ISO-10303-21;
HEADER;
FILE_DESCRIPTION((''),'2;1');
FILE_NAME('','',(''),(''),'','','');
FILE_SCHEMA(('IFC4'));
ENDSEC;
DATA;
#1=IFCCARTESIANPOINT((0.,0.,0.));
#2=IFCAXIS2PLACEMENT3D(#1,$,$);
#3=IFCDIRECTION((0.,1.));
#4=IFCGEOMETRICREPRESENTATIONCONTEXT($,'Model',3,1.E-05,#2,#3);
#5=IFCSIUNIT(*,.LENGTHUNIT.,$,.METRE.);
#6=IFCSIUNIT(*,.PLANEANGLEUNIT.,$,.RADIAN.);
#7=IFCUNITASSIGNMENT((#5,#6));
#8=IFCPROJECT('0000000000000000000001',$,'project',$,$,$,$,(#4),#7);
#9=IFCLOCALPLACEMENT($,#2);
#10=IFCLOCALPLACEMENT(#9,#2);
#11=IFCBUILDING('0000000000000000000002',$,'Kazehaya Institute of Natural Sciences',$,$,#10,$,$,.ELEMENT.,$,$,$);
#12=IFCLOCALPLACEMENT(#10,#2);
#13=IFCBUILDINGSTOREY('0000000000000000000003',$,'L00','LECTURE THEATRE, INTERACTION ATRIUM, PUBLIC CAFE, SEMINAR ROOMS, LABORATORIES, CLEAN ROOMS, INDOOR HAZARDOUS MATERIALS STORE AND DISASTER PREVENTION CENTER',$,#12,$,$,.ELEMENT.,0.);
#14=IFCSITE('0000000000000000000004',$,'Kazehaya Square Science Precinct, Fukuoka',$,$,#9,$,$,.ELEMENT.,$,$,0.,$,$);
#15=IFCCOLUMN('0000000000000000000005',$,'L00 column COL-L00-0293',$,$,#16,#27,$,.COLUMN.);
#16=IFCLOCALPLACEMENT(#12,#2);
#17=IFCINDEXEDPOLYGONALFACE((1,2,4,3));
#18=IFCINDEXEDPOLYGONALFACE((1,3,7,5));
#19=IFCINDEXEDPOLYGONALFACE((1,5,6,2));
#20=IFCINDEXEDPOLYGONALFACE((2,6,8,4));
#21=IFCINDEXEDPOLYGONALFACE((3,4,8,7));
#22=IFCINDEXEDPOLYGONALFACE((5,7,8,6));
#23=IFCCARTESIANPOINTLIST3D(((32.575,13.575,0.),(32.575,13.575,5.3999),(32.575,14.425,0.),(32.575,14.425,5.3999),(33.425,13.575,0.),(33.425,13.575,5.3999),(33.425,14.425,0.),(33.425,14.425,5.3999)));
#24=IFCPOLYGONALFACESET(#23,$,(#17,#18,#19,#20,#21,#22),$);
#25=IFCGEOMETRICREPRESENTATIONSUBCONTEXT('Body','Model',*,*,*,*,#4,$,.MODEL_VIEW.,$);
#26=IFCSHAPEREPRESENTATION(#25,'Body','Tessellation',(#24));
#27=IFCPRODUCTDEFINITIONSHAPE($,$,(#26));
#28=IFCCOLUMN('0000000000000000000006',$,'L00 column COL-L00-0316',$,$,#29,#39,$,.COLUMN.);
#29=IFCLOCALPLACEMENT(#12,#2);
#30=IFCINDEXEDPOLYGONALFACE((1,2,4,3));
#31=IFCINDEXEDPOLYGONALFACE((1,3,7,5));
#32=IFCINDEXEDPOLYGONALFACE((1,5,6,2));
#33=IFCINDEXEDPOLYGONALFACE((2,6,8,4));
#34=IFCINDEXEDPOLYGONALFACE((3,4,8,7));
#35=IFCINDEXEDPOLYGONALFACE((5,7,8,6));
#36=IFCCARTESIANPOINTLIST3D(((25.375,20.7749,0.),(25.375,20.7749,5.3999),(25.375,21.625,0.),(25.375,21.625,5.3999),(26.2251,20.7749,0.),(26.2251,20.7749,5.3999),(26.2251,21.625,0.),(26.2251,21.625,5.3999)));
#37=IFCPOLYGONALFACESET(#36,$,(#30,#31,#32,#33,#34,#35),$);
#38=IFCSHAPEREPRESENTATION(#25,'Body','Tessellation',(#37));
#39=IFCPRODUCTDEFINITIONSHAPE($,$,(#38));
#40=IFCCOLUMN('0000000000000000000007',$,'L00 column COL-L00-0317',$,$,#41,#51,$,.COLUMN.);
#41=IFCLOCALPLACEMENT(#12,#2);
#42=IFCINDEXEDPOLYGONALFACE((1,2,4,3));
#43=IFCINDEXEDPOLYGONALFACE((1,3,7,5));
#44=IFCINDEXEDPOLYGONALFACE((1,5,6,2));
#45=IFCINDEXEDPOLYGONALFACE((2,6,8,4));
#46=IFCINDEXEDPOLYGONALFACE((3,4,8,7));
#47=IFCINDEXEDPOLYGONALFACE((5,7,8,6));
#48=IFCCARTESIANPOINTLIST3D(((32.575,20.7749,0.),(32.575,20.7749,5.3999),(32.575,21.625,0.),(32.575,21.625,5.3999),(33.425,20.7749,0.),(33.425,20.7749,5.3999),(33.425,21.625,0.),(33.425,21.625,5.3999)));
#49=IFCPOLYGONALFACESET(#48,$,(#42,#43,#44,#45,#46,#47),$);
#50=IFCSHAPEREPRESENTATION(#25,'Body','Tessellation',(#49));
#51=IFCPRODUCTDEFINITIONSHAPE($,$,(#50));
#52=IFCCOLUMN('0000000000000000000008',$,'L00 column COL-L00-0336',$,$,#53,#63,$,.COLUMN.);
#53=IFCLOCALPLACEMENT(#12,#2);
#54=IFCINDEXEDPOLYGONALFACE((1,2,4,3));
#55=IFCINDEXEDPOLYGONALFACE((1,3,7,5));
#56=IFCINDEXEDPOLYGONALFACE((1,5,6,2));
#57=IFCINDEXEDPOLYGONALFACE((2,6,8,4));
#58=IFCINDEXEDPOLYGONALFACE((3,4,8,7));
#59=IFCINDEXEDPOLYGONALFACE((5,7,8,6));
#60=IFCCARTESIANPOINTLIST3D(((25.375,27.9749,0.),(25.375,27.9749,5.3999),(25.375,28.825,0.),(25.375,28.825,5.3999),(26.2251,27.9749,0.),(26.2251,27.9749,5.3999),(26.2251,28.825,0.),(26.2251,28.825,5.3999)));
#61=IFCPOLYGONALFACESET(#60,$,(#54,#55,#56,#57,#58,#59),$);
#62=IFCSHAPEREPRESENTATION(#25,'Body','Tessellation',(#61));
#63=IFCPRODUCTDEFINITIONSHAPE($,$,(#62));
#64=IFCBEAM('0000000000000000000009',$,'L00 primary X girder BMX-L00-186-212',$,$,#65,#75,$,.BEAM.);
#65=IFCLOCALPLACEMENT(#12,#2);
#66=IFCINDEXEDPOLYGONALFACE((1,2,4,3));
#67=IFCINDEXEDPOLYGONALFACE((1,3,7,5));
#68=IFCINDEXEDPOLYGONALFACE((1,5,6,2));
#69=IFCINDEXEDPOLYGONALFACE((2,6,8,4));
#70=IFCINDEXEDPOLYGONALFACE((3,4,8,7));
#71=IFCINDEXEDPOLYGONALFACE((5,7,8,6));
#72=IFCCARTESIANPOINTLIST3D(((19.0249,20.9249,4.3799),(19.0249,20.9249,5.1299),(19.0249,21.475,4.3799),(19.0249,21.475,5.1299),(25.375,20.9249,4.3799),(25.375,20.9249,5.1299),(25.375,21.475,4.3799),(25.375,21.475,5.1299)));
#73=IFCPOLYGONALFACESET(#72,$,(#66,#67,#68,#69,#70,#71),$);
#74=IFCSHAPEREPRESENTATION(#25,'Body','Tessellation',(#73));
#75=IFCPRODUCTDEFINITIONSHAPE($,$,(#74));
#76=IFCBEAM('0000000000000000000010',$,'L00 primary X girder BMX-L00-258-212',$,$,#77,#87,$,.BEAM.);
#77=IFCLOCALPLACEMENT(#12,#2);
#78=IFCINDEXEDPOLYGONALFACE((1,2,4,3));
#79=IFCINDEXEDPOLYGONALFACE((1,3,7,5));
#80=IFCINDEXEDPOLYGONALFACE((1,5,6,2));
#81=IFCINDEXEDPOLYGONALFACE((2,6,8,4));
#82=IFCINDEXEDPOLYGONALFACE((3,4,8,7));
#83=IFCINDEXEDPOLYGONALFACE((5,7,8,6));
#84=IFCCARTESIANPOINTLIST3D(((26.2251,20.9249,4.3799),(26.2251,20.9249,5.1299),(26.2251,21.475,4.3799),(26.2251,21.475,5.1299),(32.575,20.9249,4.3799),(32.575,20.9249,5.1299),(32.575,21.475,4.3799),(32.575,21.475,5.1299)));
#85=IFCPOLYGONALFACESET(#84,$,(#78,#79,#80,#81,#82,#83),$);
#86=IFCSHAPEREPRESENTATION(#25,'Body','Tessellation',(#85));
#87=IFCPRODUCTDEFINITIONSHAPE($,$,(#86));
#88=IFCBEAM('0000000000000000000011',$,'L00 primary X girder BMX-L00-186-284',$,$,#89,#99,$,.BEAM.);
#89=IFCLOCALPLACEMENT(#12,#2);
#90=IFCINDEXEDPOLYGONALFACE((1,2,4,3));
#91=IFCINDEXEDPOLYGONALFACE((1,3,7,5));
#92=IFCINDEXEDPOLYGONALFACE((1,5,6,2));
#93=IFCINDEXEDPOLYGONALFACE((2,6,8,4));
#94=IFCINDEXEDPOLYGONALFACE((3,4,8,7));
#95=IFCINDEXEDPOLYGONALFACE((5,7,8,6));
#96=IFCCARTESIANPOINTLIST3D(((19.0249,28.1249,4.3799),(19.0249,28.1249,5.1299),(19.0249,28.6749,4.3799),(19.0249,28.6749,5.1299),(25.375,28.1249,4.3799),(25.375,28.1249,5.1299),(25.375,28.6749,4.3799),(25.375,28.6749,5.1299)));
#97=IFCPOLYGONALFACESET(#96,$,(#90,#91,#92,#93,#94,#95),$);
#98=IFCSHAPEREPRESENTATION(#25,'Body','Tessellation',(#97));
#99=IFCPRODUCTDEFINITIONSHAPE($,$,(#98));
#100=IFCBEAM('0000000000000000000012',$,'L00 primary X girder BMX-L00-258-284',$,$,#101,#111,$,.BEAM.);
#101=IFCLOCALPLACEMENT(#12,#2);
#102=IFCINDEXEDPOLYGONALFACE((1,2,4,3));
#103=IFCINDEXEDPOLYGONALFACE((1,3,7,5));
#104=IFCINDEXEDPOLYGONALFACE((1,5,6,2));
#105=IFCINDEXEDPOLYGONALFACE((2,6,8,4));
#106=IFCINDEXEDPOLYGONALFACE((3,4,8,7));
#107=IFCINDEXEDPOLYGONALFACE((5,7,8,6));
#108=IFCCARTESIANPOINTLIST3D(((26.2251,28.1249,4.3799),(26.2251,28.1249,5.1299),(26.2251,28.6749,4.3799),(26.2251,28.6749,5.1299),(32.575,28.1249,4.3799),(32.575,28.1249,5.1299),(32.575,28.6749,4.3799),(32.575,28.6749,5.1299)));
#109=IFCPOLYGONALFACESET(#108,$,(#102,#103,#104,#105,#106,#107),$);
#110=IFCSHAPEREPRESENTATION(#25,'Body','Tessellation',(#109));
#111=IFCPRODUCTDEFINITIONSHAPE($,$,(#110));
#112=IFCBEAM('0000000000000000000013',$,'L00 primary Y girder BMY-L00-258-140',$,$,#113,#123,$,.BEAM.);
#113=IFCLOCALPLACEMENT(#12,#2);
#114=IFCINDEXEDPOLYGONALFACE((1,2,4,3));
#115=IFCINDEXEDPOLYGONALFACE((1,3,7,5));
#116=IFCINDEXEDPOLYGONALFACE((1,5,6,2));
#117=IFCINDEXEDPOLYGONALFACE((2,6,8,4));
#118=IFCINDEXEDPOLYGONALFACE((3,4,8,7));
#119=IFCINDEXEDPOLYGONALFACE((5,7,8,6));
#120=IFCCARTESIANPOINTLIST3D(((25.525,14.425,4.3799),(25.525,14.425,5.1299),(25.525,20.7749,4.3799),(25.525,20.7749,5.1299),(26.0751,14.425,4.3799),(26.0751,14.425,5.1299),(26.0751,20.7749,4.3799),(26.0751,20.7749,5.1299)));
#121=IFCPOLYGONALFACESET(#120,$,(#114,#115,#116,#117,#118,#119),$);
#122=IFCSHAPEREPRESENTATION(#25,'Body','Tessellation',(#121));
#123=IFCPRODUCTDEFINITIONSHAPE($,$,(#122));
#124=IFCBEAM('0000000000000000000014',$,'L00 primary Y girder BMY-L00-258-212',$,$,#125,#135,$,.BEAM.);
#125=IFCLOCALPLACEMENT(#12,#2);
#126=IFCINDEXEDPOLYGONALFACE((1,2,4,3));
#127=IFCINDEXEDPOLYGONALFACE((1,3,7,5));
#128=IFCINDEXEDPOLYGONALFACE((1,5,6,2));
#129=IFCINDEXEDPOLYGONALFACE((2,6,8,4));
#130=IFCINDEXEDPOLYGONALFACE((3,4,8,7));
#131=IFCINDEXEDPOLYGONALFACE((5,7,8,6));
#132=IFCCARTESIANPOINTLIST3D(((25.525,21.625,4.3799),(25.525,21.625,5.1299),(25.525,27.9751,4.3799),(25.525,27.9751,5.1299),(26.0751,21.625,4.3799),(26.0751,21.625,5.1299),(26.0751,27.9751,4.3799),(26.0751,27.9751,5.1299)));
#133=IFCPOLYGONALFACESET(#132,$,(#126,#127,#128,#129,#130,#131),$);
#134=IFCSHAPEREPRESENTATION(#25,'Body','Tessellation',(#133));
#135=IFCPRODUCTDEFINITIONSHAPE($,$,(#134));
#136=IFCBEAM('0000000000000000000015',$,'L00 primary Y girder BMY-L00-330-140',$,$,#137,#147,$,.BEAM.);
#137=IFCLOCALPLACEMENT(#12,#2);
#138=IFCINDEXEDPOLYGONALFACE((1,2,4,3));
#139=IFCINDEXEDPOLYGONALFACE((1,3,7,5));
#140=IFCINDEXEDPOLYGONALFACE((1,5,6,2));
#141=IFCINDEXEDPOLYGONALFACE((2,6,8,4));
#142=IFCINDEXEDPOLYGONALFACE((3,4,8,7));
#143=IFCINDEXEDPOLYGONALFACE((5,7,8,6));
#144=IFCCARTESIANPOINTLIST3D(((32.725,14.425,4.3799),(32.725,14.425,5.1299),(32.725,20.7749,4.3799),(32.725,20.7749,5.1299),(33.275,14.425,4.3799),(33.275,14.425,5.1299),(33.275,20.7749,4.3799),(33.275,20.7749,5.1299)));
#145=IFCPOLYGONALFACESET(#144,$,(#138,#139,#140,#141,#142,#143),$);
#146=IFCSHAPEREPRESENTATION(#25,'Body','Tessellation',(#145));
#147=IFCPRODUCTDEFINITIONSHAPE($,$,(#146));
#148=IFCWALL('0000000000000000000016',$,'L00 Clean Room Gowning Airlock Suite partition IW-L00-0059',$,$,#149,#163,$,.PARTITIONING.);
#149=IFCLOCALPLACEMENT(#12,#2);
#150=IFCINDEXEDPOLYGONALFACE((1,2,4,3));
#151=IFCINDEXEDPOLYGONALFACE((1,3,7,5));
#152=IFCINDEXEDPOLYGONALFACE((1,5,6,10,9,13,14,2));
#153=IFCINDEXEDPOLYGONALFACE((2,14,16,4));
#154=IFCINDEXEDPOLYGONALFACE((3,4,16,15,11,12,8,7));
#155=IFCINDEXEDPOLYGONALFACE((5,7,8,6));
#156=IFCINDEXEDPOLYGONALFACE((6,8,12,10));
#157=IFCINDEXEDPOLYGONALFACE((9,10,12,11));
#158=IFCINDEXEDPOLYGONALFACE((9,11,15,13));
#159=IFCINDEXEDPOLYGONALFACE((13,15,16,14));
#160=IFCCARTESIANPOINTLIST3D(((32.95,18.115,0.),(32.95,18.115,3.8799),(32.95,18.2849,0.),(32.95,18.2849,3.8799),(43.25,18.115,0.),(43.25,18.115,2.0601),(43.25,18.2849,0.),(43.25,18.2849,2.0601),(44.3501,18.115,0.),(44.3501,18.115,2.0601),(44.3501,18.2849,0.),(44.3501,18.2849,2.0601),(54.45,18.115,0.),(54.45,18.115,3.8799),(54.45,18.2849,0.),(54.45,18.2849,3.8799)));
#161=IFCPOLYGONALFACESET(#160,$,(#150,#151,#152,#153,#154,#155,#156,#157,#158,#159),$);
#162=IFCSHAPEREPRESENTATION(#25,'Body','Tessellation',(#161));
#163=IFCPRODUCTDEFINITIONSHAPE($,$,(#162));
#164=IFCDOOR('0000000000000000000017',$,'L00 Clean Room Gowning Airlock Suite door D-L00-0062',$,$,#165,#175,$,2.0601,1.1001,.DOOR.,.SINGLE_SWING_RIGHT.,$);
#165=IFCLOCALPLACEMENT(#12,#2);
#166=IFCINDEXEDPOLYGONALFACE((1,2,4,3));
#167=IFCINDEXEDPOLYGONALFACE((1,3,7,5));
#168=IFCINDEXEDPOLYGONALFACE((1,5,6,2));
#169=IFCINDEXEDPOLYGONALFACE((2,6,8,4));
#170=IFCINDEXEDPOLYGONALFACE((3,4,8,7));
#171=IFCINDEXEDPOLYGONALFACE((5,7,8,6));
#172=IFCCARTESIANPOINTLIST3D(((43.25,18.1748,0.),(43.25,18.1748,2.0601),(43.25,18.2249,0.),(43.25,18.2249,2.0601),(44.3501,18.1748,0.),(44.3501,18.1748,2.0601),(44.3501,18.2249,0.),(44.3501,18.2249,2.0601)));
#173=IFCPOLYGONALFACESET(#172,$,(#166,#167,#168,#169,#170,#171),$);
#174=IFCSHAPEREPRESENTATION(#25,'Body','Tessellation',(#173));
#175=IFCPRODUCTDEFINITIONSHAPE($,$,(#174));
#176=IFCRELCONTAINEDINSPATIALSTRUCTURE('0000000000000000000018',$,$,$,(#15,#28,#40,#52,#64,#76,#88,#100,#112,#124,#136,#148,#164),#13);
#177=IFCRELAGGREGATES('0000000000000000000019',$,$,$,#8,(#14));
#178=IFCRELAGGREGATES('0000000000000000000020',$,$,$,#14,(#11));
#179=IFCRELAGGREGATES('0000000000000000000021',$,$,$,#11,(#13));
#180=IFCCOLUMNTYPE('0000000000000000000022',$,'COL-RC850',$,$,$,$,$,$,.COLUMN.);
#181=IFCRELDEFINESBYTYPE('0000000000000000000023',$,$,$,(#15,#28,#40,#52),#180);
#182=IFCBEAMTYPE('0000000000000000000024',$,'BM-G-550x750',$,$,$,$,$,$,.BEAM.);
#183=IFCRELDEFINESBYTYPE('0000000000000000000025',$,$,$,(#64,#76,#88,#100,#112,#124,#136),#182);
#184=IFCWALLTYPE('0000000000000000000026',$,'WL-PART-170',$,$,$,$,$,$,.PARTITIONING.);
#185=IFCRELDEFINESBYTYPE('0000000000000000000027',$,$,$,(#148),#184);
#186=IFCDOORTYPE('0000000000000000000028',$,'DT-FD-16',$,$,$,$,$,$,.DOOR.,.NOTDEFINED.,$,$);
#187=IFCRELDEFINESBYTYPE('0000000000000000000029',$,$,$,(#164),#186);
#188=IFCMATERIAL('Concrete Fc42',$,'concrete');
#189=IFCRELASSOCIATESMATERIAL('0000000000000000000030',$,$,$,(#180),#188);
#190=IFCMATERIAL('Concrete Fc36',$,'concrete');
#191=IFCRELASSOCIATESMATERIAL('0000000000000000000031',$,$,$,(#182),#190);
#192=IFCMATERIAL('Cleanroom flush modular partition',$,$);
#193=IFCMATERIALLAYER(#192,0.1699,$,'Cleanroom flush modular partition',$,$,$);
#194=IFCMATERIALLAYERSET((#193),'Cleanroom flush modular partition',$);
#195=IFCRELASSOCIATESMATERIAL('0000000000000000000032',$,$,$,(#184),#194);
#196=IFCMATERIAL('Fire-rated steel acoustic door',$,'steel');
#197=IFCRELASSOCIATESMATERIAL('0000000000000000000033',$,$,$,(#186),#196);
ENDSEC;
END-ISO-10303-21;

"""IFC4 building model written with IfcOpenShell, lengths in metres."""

from ifc_helpers import new_model, si_unit, direction, frame, frame_2d, origin, origin_2d, place, context, subcontext, project, spatial, rectangle, extrude, material, layer, layer_set, material_profile, profile_set, type_object, element, fill, save


model = new_model("IFC4")

# Units and contexts
model_context = context("Model", 3, precision=1e-05, world=origin(), true_north=direction((0.0, 1.0)))
body_context = subcontext(model_context, "Body", "Model", "MODEL_VIEW")
ifc_project = project(units=[si_unit("LENGTHUNIT", "METRE"), si_unit("PLANEANGLEUNIT", "RADIAN")], contexts=[model_context])

# Site, building, storey
site_placement = place(None, origin())
site = spatial("IfcSite", under=ifc_project, at=site_placement, Name="Kazehaya Square Science Precinct, Fukuoka", CompositionType="ELEMENT", RefElevation=0.0)
building_placement = place(site_placement, origin())
building = spatial("IfcBuilding", under=site, at=building_placement, Name="Kazehaya Institute of Natural Sciences", CompositionType="ELEMENT")
storey_placement = place(building_placement, origin())
storey = spatial("IfcBuildingStorey", under=building, at=storey_placement, Name="L00", Description="LECTURE THEATRE, INTERACTION ATRIUM, PUBLIC CAFE, SEMINAR ROOMS, LABORATORIES, CLEAN ROOMS, INDOOR HAZARDOUS MATERIALS STORE AND DISASTER PREVENTION CENTER", CompositionType="ELEMENT", Elevation=0.0)

# Columns
ifc_material_1 = material(Name="Concrete Fc42", Category="concrete")
ifc_material_profile_1 = material_profile(ifc_material_1, rectangle(XDim=0.8501, YDim=0.8501, at=origin_2d()), Name="RC-850x850")
ifc_profile_set_1 = profile_set([ifc_material_profile_1], Name="Concrete Fc42")
column_type = type_object("IfcColumnType", Name="COL-RC850", PredefinedType="COLUMN", material=ifc_profile_set_1)
for number, where, z_axis, x_axis, name in (
    (1, (33.0, 14.0, 0.0), (0.0, 0.0, 1.0), (1.0, 0.0, 0.0), "L00 column COL-L00-0293"),
    (2, (25.8, 21.2, 0.0), (0.0, 0.0, 1.0), (1.0, 0.0, 0.0), "L00 column COL-L00-0316"),
    (3, (33.0, 21.2, 0.0), (0.0, 0.0, 1.0), (1.0, 0.0, 0.0), "L00 column COL-L00-0317"),
    (4, (25.8, 28.3999, 0.0), (0.0, 0.0, 1.0), (1.0, 0.0, 0.0), "L00 column COL-L00-0336"),
):
    element("IfcColumn", number, at=place(storey_placement, frame(where, z_axis=z_axis, x_axis=x_axis)), inside=storey, type_object=column_type, Name=name, PredefinedType="COLUMN", context=body_context, shape_type="SweptSolid", body=[
        extrude(rectangle(XDim=0.8501, YDim=0.8501, at=origin_2d()), origin(), (0.0, 0.0, 1.0), 5.3999),
    ])

# Beams
ifc_material_2 = material(Name="Concrete Fc36", Category="concrete")
ifc_material_profile_2 = material_profile(ifc_material_2, rectangle(XDim=0.55, YDim=0.75, at=origin_2d()), Name="RC-550x750")
ifc_profile_set_2 = profile_set([ifc_material_profile_2], Name="Concrete Fc36")
beam_type = type_object("IfcBeamType", Name="BM-G-550x750", PredefinedType="BEAM", material=ifc_profile_set_2)
beam_1_placement = place(storey_placement, frame((19.0249, 21.2, 4.7549), z_axis=(1.0, 0.0, 0.0), x_axis=(0.0, 1.0, 0.0)))
element("IfcBeam", 5, at=beam_1_placement, inside=storey, type_object=beam_type, Name="L00 primary X girder BMX-L00-186-212", PredefinedType="BEAM", context=body_context, shape_type="SweptSolid", body=[
    extrude(rectangle(XDim=0.55, YDim=0.75, at=origin_2d()), origin(), (0.0, 0.0, 1.0), 6.3501),
])
beam_2_placement = place(storey_placement, frame((26.2251, 21.2, 4.7549), z_axis=(1.0, 0.0, 0.0), x_axis=(0.0, 1.0, 0.0)))
element("IfcBeam", 6, at=beam_2_placement, inside=storey, type_object=beam_type, Name="L00 primary X girder BMX-L00-258-212", PredefinedType="BEAM", context=body_context, shape_type="SweptSolid", body=[
    extrude(rectangle(XDim=0.55, YDim=0.75, at=origin_2d()), origin(), (0.0, 0.0, 1.0), 6.3499),
])
beam_3_placement = place(storey_placement, frame((19.0249, 28.3999, 4.7549), z_axis=(1.0, 0.0, 0.0), x_axis=(0.0, 1.0, 0.0)))
element("IfcBeam", 7, at=beam_3_placement, inside=storey, type_object=beam_type, Name="L00 primary X girder BMX-L00-186-284", PredefinedType="BEAM", context=body_context, shape_type="SweptSolid", body=[
    extrude(rectangle(XDim=0.55, YDim=0.75, at=origin_2d()), origin(), (0.0, 0.0, 1.0), 6.3501),
])
for number, where, z_axis, x_axis, name in (
    (8, (26.2251, 28.3999, 4.7549), (1.0, 0.0, 0.0), (0.0, 1.0, 0.0), "L00 primary X girder BMX-L00-258-284"),
    (9, (25.8, 14.425, 4.7549), (0.0, 1.0, 0.0), (-1.0, 0.0, 0.0), "L00 primary Y girder BMY-L00-258-140"),
):
    element("IfcBeam", number, at=place(storey_placement, frame(where, z_axis=z_axis, x_axis=x_axis)), inside=storey, type_object=beam_type, Name=name, PredefinedType="BEAM", context=body_context, shape_type="SweptSolid", body=[
        extrude(rectangle(XDim=0.55, YDim=0.75, at=origin_2d()), origin(), (0.0, 0.0, 1.0), 6.3499),
    ])
beam_4_placement = place(storey_placement, frame((25.8, 21.625, 4.7549), z_axis=(0.0, 1.0, 0.0), x_axis=(-1.0, 0.0, 0.0)))
element("IfcBeam", 10, at=beam_4_placement, inside=storey, type_object=beam_type, Name="L00 primary Y girder BMY-L00-258-212", PredefinedType="BEAM", context=body_context, shape_type="SweptSolid", body=[
    extrude(rectangle(XDim=0.55, YDim=0.75, at=origin_2d()), origin(), (0.0, 0.0, 1.0), 6.3501),
])
beam_5_placement = place(storey_placement, frame((33.0, 14.425, 4.7549), z_axis=(0.0, 1.0, 0.0), x_axis=(-1.0, 0.0, 0.0)))
element("IfcBeam", 11, at=beam_5_placement, inside=storey, type_object=beam_type, Name="L00 primary Y girder BMY-L00-330-140", PredefinedType="BEAM", context=body_context, shape_type="SweptSolid", body=[
    extrude(rectangle(XDim=0.55, YDim=0.75, at=origin_2d()), origin(), (0.0, 0.0, 1.0), 6.3499),
])

# Wall, opening, door
ifc_material_3 = material(Name="Cleanroom flush modular partition")
ifc_layer_1 = layer(ifc_material_3, 0.1699, Name="Cleanroom flush modular partition")
ifc_layer_set_1 = layer_set([ifc_layer_1], Name="Cleanroom flush modular partition")
wall_type_1 = type_object("IfcWallType", Name="WL-PART-170", PredefinedType="PARTITIONING", material=ifc_layer_set_1)
wall_1_placement = place(storey_placement, frame((32.95, 18.2, 0.0), z_axis=(0.0, 0.0, 1.0), x_axis=(1.0, 0.0, 0.0)))
wall_1 = element("IfcWall", 12, at=wall_1_placement, inside=storey, type_object=wall_type_1, Name="L00 Clean Room Gowning Airlock Suite partition IW-L00-0059", PredefinedType="PARTITIONING", context=body_context, shape_type="SweptSolid", body=[
    extrude(rectangle(XDim=21.5, YDim=0.1699, at=frame_2d((10.75, 0.0))), origin(), (0.0, 0.0, 1.0), 3.8799),
])
opening_1_placement = place(wall_1_placement, frame((10.3, 0.0, 0.0)))
opening_1 = element("IfcOpeningElement", 13, at=opening_1_placement, cuts=wall_1, PredefinedType="OPENING", context=body_context, shape_type="SweptSolid", body=[
    extrude(rectangle(XDim=1.1001, YDim=2.0601, at=frame_2d((0.55, 1.03))), frame((0.0, 0.095, 0.0), z_axis=(0.0, -1.0, 0.0), x_axis=(1.0, 0.0, 0.0)), (0.0, 0.0, 1.0), 0.1899),
])
ifc_material_4 = material(Name="Fire-rated steel acoustic door", Category="steel")
door_type_1 = type_object("IfcDoorType", Name="DT-FD-16", OperationType="NOTDEFINED", PredefinedType="DOOR", material=ifc_material_4)
door_1_placement = place(opening_1_placement, origin())
door_1 = element("IfcDoor", 14, at=door_1_placement, inside=storey, type_object=door_type_1, Name="L00 Clean Room Gowning Airlock Suite door D-L00-0062", OperationType="SINGLE_SWING_RIGHT", OverallHeight=2.0601, OverallWidth=1.1001, PredefinedType="DOOR", context=body_context, shape_type="SweptSolid", body=[
    extrude(rectangle(XDim=1.1001, YDim=2.0601, at=frame_2d((0.55, 1.03))), frame((0.0, 0.0249, 0.0), z_axis=(0.0, -1.0, 0.0), x_axis=(1.0, 0.0, 0.0)), (0.0, 0.0, 1.0), 0.05),
])
fill(opening_1, door_1)

save(model, "model.ifc")
